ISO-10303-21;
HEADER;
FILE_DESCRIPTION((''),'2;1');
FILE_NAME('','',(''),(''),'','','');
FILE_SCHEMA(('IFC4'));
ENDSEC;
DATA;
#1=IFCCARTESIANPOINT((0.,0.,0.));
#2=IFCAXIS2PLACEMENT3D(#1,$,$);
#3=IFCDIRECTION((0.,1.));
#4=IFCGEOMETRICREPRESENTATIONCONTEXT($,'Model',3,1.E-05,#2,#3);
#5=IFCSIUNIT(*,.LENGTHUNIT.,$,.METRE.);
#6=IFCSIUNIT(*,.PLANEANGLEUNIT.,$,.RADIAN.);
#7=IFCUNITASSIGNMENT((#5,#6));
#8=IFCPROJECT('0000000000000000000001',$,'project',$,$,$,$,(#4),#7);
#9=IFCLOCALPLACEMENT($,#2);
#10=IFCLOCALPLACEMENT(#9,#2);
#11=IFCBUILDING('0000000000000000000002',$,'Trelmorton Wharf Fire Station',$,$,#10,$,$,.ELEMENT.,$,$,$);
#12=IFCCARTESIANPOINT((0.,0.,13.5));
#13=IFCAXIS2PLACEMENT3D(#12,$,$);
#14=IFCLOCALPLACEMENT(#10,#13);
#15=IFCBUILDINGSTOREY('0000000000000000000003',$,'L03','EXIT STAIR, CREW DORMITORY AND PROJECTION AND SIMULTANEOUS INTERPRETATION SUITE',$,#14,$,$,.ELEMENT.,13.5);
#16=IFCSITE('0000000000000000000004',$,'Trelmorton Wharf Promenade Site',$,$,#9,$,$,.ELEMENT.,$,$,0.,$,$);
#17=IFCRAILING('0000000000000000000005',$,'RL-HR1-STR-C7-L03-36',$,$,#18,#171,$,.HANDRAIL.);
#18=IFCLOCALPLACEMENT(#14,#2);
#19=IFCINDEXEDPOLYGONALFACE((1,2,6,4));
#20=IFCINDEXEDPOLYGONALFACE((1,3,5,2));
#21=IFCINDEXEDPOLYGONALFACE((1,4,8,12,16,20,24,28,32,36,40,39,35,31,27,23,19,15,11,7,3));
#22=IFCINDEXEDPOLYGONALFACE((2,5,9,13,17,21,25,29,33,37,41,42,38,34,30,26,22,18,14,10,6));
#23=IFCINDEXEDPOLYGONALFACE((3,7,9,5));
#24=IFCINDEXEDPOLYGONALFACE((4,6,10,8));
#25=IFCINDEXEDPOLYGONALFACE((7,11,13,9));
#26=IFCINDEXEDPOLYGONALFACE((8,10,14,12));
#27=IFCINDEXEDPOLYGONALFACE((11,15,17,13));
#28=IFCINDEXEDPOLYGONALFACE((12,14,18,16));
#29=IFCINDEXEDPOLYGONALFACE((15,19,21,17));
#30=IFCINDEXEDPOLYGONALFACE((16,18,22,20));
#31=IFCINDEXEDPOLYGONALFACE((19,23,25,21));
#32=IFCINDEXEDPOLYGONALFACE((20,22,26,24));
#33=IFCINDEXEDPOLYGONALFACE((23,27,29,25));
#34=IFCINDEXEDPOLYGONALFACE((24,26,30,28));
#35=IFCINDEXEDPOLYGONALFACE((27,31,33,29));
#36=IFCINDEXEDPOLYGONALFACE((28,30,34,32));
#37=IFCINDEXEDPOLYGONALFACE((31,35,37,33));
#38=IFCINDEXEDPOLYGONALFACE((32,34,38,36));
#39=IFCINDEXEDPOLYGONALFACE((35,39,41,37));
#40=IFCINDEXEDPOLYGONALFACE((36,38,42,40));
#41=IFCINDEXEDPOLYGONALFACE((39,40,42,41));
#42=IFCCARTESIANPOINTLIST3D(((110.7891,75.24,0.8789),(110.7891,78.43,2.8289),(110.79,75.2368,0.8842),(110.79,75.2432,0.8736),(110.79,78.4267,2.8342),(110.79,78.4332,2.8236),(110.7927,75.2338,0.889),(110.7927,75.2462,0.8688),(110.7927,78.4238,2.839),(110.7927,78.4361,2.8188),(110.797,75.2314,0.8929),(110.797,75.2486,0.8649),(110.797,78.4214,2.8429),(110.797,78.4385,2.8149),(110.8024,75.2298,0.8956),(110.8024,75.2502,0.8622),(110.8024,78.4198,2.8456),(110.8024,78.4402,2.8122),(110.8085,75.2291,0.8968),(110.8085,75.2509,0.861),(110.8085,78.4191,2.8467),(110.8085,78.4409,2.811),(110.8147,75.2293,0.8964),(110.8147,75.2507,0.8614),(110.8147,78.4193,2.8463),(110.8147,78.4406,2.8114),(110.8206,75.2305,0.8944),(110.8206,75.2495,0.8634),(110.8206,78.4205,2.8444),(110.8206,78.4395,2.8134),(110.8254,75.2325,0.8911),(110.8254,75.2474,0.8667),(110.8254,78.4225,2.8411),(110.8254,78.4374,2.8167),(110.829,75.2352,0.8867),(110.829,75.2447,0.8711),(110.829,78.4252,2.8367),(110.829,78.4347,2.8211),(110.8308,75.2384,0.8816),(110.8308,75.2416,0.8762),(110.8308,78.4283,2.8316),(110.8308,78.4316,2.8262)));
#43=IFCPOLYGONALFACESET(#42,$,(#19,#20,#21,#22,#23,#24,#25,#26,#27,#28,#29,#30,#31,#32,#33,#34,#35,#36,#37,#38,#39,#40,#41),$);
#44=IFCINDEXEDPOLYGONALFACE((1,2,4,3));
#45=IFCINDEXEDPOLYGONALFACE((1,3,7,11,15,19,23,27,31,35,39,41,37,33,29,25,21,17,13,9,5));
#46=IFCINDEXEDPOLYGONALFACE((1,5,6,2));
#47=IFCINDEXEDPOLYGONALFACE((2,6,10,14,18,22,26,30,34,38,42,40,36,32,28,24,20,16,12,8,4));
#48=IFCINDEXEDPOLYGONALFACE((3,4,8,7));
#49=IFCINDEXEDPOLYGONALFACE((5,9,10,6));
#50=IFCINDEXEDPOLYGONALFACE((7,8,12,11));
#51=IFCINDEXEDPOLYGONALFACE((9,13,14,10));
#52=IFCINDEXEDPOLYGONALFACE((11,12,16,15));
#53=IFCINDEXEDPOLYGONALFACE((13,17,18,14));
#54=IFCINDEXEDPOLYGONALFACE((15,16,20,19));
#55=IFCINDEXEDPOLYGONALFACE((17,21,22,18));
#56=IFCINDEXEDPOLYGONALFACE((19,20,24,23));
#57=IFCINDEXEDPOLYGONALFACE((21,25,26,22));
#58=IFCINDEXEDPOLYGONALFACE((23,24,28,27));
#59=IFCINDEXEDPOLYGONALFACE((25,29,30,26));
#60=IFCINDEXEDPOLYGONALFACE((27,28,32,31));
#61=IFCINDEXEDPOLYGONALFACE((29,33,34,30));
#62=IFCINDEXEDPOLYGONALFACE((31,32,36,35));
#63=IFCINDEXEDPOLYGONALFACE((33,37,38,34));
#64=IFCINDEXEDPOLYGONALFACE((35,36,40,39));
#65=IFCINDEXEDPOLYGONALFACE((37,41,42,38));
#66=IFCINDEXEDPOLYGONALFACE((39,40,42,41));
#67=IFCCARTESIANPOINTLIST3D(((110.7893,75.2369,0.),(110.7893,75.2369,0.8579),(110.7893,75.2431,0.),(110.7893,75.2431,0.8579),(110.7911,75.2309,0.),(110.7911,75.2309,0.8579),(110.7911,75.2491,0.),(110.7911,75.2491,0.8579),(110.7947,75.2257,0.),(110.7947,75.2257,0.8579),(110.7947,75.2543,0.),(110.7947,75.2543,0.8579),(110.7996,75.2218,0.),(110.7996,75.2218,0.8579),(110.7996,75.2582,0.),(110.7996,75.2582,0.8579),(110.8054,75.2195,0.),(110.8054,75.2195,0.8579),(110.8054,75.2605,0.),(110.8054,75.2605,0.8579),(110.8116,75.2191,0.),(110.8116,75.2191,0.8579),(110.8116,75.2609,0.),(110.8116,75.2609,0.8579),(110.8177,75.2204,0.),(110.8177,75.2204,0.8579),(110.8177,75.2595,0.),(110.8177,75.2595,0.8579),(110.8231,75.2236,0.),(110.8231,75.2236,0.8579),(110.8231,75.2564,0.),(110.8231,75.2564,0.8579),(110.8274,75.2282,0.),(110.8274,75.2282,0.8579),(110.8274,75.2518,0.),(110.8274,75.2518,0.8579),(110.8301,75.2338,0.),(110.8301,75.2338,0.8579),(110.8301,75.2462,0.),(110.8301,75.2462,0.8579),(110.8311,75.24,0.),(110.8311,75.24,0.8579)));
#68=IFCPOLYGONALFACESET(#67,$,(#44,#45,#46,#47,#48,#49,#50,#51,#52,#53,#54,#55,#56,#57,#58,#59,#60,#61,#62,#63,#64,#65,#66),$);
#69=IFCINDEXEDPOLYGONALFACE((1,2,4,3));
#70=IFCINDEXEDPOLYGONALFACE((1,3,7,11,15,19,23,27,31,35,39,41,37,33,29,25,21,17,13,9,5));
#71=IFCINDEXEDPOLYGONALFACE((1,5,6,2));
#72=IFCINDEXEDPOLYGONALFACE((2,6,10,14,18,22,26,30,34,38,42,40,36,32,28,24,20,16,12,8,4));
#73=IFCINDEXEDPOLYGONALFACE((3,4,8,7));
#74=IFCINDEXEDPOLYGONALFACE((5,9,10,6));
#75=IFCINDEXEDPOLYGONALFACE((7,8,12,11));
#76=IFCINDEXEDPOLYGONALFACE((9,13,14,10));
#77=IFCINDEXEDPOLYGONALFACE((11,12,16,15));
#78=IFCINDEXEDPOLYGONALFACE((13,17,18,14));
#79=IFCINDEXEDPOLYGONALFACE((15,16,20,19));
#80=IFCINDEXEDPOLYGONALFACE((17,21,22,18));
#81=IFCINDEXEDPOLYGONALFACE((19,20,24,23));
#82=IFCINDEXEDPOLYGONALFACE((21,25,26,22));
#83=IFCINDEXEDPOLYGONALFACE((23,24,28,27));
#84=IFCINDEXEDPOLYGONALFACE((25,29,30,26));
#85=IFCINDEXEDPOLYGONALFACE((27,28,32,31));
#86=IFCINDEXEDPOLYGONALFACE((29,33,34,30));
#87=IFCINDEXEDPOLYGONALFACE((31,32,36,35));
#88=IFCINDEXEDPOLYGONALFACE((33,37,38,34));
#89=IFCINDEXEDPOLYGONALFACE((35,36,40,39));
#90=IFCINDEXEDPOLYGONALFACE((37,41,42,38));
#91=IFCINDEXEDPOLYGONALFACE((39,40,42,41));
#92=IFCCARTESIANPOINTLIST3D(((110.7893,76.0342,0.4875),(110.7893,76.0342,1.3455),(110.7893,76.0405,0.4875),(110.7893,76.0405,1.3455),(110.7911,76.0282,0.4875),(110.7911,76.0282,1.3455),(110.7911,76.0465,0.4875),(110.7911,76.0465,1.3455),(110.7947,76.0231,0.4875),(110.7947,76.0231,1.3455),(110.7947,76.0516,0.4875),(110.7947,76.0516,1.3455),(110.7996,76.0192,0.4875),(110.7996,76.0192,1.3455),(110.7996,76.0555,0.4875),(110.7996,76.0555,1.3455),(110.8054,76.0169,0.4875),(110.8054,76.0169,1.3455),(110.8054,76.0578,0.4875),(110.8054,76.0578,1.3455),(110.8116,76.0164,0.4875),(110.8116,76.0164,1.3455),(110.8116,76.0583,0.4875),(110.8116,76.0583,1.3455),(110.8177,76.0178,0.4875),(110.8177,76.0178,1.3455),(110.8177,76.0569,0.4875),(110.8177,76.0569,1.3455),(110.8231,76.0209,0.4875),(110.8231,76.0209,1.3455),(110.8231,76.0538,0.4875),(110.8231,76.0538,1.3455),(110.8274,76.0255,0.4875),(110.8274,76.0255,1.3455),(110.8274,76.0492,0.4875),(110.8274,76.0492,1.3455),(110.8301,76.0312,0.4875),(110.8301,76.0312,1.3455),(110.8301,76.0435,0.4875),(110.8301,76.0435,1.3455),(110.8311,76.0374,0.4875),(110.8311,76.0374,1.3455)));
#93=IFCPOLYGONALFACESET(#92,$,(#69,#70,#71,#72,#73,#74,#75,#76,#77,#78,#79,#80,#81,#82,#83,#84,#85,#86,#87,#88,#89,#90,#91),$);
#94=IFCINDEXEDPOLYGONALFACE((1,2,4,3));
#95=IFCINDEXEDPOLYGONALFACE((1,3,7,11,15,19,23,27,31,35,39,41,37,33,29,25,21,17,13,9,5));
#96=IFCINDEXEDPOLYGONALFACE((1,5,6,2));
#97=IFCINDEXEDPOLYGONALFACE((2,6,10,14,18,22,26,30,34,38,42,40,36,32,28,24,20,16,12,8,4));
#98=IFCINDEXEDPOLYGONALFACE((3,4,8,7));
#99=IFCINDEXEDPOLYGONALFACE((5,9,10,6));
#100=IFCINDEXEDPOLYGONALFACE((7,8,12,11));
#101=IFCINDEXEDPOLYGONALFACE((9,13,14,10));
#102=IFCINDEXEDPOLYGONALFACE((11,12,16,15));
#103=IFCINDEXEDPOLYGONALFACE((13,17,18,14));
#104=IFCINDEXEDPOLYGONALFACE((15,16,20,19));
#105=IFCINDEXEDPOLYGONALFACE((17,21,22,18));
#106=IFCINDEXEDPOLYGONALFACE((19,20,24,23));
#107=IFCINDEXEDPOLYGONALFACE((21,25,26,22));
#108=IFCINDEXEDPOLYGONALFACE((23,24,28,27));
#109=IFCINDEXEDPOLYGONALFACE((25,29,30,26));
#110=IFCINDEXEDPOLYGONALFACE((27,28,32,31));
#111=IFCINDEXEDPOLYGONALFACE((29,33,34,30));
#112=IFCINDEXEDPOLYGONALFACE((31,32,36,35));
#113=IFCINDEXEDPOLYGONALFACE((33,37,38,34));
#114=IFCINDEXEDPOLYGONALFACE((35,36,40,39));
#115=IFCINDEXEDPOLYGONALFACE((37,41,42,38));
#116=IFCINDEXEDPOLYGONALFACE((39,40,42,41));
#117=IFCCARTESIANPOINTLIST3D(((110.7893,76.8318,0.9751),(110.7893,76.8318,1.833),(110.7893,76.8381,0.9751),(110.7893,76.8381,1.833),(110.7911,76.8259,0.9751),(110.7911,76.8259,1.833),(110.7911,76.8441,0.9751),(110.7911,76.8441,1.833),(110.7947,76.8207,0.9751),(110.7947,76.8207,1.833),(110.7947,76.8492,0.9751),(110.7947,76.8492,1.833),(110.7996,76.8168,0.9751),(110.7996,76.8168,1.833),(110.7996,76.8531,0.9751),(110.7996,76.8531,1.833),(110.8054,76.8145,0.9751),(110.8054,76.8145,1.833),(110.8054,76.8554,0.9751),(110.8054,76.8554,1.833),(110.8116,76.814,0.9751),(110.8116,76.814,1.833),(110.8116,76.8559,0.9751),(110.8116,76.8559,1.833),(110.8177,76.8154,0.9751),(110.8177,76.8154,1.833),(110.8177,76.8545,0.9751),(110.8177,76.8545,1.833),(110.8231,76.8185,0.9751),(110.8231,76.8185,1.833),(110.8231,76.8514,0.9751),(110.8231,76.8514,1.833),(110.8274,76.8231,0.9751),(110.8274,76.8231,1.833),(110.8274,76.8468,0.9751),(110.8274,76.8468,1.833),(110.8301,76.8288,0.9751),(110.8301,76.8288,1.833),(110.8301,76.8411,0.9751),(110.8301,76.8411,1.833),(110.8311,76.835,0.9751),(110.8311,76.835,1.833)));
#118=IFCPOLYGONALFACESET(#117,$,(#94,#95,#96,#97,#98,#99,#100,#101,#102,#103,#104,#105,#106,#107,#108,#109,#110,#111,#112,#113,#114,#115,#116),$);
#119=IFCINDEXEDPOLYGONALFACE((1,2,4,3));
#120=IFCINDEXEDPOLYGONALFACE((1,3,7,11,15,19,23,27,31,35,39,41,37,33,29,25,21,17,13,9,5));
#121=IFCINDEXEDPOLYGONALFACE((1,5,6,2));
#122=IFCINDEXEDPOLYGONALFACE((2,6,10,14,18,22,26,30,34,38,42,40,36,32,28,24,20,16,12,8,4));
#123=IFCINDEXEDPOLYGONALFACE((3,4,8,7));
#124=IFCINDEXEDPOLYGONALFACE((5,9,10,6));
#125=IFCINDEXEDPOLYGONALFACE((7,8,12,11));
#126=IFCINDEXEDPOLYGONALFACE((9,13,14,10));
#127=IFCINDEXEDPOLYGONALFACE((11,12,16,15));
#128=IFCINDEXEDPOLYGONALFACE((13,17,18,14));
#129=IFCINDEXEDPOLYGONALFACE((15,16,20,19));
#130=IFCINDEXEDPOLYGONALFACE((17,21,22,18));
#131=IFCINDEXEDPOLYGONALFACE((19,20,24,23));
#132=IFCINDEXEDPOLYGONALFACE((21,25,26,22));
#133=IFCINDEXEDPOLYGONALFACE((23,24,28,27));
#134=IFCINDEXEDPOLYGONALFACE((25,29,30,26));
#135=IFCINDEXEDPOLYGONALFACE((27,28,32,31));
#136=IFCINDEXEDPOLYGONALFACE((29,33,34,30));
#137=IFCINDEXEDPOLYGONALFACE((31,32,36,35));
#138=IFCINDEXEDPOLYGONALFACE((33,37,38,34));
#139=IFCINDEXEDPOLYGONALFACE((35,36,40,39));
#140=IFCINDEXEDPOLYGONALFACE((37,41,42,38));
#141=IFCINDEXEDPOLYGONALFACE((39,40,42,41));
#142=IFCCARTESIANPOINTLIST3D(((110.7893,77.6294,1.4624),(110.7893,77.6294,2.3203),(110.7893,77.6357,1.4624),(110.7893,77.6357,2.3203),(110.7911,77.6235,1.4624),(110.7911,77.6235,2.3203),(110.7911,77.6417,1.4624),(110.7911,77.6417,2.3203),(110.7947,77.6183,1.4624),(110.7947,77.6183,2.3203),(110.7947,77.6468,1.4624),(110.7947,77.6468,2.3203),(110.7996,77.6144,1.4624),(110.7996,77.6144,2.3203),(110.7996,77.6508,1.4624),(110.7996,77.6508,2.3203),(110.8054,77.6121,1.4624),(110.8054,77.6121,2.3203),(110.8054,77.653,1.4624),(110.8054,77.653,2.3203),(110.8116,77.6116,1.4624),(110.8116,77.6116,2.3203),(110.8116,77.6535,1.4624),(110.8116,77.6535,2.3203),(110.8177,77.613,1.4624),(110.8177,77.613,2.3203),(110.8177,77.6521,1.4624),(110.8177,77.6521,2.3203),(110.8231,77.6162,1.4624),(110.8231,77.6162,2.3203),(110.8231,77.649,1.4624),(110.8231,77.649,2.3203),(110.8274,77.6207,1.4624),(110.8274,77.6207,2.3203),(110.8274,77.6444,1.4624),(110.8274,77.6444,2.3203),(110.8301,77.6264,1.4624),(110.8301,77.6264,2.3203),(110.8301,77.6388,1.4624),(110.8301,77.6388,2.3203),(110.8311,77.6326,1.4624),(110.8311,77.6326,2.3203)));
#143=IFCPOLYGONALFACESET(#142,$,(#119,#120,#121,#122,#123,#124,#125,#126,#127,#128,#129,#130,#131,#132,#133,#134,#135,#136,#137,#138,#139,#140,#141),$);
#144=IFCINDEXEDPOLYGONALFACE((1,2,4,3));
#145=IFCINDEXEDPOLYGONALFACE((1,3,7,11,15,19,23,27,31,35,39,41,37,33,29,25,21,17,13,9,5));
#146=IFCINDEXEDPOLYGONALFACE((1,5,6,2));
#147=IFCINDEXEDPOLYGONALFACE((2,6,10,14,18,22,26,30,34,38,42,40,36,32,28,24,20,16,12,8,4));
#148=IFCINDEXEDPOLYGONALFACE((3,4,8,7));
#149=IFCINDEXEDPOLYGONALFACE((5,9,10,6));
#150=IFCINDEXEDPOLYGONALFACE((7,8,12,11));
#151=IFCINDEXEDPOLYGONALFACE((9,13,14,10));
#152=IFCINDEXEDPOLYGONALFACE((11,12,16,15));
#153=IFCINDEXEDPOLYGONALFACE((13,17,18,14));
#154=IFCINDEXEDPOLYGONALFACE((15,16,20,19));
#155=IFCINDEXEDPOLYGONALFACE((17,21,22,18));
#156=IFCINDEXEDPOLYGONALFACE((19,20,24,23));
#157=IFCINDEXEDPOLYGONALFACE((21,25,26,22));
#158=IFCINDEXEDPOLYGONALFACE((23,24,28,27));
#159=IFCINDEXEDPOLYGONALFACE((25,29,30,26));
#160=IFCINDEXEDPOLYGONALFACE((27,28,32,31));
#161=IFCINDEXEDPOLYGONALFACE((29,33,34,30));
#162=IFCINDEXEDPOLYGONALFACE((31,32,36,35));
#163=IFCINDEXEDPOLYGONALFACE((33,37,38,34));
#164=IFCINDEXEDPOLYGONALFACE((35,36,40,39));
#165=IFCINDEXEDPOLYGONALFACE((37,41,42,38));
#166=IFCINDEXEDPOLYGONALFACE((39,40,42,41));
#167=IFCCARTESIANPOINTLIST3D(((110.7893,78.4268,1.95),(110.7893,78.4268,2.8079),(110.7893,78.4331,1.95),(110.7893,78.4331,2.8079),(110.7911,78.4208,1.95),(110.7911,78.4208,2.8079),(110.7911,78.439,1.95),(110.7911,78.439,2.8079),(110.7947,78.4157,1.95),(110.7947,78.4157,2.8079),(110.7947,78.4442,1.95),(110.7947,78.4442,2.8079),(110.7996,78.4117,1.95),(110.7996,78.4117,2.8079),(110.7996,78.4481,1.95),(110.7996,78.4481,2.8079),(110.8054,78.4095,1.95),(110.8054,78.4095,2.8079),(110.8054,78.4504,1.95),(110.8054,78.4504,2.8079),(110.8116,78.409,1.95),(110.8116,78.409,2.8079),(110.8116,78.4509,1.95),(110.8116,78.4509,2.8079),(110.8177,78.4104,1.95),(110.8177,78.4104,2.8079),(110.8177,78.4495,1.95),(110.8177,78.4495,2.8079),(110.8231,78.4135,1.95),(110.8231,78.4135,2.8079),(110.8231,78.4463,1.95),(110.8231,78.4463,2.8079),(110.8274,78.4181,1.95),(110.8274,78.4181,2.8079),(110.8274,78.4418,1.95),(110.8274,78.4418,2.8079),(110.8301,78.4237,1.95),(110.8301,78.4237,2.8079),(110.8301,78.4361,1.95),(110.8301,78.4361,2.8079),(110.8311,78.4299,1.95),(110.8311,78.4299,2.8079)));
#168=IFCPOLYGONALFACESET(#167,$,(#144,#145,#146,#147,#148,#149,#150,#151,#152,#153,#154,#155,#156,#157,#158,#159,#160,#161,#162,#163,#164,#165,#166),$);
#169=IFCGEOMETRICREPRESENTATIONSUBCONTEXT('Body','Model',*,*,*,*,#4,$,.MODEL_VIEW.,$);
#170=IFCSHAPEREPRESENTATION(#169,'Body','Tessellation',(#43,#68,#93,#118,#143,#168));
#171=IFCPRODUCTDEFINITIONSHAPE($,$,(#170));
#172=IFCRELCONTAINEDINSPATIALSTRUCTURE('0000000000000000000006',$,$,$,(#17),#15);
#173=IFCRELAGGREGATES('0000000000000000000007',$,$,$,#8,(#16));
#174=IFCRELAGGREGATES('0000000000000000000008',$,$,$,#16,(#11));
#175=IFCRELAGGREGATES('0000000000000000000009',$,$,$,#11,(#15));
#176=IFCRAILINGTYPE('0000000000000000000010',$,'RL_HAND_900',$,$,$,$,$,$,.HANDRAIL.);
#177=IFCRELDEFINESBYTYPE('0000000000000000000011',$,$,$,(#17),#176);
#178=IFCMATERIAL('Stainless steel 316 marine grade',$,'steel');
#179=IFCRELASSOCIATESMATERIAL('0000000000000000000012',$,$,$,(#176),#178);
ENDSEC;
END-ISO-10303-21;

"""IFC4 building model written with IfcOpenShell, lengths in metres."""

from ifc_helpers import new_model, si_unit, direction, frame, origin, origin_2d, place, context, subcontext, project, spatial, circle, extrude, material, type_object, element, save


model = new_model("IFC4")

# Units and contexts
model_context = context("Model", 3, precision=1e-05, world=origin(), true_north=direction((0.0, 1.0)))
body_context = subcontext(model_context, "Body", "Model", "MODEL_VIEW")
ifc_project = project(units=[si_unit("LENGTHUNIT", "METRE"), si_unit("PLANEANGLEUNIT", "RADIAN")], contexts=[model_context])

# Site, building, storey
site_placement = place(None, origin())
site = spatial("IfcSite", under=ifc_project, at=site_placement, Name="Trelmorton Wharf Promenade Site", CompositionType="ELEMENT", RefElevation=0.0)
building_placement = place(site_placement, origin())
building = spatial("IfcBuilding", under=site, at=building_placement, Name="Trelmorton Wharf Fire Station", CompositionType="ELEMENT")
storey_placement = place(building_placement, frame((0.0, 0.0, 13.5)))
storey = spatial("IfcBuildingStorey", under=building, at=storey_placement, Name="L03", Description="EXIT STAIR, CREW DORMITORY AND PROJECTION AND SIMULTANEOUS INTERPRETATION SUITE", CompositionType="ELEMENT", Elevation=13.5)

# Shared definitions
ifc_material_1 = material(Name="Stainless steel 316 marine grade", Category="steel")

# Railing
railing_type_1 = type_object("IfcRailingType", Name="RL_HAND_900", PredefinedType="HANDRAIL", material=ifc_material_1)
railing_1_placement = place(storey_placement, frame((110.8101, 75.24, 0.0)))
element("IfcRailing", 1, at=railing_1_placement, inside=storey, type_object=railing_type_1, Name="RL-HR1-STR-C7-L03-36", PredefinedType="HANDRAIL", context=body_context, shape_type="SweptSolid", body=[
    extrude(circle(Radius=0.021, at=origin_2d()), frame((0.0, 0.0, 0.8789), z_axis=(0.0, 0.853217, 0.521556), x_axis=(-1.0, 0.0, 0.0)), (0.0, 0.0, 1.0), 3.7388),
    extrude(circle(Radius=0.021, at=origin_2d()), origin(), (0.0, 0.0, 1.0), 0.8579),
    extrude(circle(Radius=0.021, at=origin_2d()), frame((0.0, 0.7974, 0.4875)), (0.0, 0.0, 1.0), 0.8579),
    extrude(circle(Radius=0.021, at=origin_2d()), frame((0.0, 1.595, 0.9751)), (0.0, 0.0, 1.0), 0.8579),
    extrude(circle(Radius=0.021, at=origin_2d()), frame((0.0, 2.3926, 1.4624)), (0.0, 0.0, 1.0), 0.8579),
    extrude(circle(Radius=0.021, at=origin_2d()), frame((0.0, 3.1899, 1.95)), (0.0, 0.0, 1.0), 0.8579),
])

save(model, "model.ifc")
